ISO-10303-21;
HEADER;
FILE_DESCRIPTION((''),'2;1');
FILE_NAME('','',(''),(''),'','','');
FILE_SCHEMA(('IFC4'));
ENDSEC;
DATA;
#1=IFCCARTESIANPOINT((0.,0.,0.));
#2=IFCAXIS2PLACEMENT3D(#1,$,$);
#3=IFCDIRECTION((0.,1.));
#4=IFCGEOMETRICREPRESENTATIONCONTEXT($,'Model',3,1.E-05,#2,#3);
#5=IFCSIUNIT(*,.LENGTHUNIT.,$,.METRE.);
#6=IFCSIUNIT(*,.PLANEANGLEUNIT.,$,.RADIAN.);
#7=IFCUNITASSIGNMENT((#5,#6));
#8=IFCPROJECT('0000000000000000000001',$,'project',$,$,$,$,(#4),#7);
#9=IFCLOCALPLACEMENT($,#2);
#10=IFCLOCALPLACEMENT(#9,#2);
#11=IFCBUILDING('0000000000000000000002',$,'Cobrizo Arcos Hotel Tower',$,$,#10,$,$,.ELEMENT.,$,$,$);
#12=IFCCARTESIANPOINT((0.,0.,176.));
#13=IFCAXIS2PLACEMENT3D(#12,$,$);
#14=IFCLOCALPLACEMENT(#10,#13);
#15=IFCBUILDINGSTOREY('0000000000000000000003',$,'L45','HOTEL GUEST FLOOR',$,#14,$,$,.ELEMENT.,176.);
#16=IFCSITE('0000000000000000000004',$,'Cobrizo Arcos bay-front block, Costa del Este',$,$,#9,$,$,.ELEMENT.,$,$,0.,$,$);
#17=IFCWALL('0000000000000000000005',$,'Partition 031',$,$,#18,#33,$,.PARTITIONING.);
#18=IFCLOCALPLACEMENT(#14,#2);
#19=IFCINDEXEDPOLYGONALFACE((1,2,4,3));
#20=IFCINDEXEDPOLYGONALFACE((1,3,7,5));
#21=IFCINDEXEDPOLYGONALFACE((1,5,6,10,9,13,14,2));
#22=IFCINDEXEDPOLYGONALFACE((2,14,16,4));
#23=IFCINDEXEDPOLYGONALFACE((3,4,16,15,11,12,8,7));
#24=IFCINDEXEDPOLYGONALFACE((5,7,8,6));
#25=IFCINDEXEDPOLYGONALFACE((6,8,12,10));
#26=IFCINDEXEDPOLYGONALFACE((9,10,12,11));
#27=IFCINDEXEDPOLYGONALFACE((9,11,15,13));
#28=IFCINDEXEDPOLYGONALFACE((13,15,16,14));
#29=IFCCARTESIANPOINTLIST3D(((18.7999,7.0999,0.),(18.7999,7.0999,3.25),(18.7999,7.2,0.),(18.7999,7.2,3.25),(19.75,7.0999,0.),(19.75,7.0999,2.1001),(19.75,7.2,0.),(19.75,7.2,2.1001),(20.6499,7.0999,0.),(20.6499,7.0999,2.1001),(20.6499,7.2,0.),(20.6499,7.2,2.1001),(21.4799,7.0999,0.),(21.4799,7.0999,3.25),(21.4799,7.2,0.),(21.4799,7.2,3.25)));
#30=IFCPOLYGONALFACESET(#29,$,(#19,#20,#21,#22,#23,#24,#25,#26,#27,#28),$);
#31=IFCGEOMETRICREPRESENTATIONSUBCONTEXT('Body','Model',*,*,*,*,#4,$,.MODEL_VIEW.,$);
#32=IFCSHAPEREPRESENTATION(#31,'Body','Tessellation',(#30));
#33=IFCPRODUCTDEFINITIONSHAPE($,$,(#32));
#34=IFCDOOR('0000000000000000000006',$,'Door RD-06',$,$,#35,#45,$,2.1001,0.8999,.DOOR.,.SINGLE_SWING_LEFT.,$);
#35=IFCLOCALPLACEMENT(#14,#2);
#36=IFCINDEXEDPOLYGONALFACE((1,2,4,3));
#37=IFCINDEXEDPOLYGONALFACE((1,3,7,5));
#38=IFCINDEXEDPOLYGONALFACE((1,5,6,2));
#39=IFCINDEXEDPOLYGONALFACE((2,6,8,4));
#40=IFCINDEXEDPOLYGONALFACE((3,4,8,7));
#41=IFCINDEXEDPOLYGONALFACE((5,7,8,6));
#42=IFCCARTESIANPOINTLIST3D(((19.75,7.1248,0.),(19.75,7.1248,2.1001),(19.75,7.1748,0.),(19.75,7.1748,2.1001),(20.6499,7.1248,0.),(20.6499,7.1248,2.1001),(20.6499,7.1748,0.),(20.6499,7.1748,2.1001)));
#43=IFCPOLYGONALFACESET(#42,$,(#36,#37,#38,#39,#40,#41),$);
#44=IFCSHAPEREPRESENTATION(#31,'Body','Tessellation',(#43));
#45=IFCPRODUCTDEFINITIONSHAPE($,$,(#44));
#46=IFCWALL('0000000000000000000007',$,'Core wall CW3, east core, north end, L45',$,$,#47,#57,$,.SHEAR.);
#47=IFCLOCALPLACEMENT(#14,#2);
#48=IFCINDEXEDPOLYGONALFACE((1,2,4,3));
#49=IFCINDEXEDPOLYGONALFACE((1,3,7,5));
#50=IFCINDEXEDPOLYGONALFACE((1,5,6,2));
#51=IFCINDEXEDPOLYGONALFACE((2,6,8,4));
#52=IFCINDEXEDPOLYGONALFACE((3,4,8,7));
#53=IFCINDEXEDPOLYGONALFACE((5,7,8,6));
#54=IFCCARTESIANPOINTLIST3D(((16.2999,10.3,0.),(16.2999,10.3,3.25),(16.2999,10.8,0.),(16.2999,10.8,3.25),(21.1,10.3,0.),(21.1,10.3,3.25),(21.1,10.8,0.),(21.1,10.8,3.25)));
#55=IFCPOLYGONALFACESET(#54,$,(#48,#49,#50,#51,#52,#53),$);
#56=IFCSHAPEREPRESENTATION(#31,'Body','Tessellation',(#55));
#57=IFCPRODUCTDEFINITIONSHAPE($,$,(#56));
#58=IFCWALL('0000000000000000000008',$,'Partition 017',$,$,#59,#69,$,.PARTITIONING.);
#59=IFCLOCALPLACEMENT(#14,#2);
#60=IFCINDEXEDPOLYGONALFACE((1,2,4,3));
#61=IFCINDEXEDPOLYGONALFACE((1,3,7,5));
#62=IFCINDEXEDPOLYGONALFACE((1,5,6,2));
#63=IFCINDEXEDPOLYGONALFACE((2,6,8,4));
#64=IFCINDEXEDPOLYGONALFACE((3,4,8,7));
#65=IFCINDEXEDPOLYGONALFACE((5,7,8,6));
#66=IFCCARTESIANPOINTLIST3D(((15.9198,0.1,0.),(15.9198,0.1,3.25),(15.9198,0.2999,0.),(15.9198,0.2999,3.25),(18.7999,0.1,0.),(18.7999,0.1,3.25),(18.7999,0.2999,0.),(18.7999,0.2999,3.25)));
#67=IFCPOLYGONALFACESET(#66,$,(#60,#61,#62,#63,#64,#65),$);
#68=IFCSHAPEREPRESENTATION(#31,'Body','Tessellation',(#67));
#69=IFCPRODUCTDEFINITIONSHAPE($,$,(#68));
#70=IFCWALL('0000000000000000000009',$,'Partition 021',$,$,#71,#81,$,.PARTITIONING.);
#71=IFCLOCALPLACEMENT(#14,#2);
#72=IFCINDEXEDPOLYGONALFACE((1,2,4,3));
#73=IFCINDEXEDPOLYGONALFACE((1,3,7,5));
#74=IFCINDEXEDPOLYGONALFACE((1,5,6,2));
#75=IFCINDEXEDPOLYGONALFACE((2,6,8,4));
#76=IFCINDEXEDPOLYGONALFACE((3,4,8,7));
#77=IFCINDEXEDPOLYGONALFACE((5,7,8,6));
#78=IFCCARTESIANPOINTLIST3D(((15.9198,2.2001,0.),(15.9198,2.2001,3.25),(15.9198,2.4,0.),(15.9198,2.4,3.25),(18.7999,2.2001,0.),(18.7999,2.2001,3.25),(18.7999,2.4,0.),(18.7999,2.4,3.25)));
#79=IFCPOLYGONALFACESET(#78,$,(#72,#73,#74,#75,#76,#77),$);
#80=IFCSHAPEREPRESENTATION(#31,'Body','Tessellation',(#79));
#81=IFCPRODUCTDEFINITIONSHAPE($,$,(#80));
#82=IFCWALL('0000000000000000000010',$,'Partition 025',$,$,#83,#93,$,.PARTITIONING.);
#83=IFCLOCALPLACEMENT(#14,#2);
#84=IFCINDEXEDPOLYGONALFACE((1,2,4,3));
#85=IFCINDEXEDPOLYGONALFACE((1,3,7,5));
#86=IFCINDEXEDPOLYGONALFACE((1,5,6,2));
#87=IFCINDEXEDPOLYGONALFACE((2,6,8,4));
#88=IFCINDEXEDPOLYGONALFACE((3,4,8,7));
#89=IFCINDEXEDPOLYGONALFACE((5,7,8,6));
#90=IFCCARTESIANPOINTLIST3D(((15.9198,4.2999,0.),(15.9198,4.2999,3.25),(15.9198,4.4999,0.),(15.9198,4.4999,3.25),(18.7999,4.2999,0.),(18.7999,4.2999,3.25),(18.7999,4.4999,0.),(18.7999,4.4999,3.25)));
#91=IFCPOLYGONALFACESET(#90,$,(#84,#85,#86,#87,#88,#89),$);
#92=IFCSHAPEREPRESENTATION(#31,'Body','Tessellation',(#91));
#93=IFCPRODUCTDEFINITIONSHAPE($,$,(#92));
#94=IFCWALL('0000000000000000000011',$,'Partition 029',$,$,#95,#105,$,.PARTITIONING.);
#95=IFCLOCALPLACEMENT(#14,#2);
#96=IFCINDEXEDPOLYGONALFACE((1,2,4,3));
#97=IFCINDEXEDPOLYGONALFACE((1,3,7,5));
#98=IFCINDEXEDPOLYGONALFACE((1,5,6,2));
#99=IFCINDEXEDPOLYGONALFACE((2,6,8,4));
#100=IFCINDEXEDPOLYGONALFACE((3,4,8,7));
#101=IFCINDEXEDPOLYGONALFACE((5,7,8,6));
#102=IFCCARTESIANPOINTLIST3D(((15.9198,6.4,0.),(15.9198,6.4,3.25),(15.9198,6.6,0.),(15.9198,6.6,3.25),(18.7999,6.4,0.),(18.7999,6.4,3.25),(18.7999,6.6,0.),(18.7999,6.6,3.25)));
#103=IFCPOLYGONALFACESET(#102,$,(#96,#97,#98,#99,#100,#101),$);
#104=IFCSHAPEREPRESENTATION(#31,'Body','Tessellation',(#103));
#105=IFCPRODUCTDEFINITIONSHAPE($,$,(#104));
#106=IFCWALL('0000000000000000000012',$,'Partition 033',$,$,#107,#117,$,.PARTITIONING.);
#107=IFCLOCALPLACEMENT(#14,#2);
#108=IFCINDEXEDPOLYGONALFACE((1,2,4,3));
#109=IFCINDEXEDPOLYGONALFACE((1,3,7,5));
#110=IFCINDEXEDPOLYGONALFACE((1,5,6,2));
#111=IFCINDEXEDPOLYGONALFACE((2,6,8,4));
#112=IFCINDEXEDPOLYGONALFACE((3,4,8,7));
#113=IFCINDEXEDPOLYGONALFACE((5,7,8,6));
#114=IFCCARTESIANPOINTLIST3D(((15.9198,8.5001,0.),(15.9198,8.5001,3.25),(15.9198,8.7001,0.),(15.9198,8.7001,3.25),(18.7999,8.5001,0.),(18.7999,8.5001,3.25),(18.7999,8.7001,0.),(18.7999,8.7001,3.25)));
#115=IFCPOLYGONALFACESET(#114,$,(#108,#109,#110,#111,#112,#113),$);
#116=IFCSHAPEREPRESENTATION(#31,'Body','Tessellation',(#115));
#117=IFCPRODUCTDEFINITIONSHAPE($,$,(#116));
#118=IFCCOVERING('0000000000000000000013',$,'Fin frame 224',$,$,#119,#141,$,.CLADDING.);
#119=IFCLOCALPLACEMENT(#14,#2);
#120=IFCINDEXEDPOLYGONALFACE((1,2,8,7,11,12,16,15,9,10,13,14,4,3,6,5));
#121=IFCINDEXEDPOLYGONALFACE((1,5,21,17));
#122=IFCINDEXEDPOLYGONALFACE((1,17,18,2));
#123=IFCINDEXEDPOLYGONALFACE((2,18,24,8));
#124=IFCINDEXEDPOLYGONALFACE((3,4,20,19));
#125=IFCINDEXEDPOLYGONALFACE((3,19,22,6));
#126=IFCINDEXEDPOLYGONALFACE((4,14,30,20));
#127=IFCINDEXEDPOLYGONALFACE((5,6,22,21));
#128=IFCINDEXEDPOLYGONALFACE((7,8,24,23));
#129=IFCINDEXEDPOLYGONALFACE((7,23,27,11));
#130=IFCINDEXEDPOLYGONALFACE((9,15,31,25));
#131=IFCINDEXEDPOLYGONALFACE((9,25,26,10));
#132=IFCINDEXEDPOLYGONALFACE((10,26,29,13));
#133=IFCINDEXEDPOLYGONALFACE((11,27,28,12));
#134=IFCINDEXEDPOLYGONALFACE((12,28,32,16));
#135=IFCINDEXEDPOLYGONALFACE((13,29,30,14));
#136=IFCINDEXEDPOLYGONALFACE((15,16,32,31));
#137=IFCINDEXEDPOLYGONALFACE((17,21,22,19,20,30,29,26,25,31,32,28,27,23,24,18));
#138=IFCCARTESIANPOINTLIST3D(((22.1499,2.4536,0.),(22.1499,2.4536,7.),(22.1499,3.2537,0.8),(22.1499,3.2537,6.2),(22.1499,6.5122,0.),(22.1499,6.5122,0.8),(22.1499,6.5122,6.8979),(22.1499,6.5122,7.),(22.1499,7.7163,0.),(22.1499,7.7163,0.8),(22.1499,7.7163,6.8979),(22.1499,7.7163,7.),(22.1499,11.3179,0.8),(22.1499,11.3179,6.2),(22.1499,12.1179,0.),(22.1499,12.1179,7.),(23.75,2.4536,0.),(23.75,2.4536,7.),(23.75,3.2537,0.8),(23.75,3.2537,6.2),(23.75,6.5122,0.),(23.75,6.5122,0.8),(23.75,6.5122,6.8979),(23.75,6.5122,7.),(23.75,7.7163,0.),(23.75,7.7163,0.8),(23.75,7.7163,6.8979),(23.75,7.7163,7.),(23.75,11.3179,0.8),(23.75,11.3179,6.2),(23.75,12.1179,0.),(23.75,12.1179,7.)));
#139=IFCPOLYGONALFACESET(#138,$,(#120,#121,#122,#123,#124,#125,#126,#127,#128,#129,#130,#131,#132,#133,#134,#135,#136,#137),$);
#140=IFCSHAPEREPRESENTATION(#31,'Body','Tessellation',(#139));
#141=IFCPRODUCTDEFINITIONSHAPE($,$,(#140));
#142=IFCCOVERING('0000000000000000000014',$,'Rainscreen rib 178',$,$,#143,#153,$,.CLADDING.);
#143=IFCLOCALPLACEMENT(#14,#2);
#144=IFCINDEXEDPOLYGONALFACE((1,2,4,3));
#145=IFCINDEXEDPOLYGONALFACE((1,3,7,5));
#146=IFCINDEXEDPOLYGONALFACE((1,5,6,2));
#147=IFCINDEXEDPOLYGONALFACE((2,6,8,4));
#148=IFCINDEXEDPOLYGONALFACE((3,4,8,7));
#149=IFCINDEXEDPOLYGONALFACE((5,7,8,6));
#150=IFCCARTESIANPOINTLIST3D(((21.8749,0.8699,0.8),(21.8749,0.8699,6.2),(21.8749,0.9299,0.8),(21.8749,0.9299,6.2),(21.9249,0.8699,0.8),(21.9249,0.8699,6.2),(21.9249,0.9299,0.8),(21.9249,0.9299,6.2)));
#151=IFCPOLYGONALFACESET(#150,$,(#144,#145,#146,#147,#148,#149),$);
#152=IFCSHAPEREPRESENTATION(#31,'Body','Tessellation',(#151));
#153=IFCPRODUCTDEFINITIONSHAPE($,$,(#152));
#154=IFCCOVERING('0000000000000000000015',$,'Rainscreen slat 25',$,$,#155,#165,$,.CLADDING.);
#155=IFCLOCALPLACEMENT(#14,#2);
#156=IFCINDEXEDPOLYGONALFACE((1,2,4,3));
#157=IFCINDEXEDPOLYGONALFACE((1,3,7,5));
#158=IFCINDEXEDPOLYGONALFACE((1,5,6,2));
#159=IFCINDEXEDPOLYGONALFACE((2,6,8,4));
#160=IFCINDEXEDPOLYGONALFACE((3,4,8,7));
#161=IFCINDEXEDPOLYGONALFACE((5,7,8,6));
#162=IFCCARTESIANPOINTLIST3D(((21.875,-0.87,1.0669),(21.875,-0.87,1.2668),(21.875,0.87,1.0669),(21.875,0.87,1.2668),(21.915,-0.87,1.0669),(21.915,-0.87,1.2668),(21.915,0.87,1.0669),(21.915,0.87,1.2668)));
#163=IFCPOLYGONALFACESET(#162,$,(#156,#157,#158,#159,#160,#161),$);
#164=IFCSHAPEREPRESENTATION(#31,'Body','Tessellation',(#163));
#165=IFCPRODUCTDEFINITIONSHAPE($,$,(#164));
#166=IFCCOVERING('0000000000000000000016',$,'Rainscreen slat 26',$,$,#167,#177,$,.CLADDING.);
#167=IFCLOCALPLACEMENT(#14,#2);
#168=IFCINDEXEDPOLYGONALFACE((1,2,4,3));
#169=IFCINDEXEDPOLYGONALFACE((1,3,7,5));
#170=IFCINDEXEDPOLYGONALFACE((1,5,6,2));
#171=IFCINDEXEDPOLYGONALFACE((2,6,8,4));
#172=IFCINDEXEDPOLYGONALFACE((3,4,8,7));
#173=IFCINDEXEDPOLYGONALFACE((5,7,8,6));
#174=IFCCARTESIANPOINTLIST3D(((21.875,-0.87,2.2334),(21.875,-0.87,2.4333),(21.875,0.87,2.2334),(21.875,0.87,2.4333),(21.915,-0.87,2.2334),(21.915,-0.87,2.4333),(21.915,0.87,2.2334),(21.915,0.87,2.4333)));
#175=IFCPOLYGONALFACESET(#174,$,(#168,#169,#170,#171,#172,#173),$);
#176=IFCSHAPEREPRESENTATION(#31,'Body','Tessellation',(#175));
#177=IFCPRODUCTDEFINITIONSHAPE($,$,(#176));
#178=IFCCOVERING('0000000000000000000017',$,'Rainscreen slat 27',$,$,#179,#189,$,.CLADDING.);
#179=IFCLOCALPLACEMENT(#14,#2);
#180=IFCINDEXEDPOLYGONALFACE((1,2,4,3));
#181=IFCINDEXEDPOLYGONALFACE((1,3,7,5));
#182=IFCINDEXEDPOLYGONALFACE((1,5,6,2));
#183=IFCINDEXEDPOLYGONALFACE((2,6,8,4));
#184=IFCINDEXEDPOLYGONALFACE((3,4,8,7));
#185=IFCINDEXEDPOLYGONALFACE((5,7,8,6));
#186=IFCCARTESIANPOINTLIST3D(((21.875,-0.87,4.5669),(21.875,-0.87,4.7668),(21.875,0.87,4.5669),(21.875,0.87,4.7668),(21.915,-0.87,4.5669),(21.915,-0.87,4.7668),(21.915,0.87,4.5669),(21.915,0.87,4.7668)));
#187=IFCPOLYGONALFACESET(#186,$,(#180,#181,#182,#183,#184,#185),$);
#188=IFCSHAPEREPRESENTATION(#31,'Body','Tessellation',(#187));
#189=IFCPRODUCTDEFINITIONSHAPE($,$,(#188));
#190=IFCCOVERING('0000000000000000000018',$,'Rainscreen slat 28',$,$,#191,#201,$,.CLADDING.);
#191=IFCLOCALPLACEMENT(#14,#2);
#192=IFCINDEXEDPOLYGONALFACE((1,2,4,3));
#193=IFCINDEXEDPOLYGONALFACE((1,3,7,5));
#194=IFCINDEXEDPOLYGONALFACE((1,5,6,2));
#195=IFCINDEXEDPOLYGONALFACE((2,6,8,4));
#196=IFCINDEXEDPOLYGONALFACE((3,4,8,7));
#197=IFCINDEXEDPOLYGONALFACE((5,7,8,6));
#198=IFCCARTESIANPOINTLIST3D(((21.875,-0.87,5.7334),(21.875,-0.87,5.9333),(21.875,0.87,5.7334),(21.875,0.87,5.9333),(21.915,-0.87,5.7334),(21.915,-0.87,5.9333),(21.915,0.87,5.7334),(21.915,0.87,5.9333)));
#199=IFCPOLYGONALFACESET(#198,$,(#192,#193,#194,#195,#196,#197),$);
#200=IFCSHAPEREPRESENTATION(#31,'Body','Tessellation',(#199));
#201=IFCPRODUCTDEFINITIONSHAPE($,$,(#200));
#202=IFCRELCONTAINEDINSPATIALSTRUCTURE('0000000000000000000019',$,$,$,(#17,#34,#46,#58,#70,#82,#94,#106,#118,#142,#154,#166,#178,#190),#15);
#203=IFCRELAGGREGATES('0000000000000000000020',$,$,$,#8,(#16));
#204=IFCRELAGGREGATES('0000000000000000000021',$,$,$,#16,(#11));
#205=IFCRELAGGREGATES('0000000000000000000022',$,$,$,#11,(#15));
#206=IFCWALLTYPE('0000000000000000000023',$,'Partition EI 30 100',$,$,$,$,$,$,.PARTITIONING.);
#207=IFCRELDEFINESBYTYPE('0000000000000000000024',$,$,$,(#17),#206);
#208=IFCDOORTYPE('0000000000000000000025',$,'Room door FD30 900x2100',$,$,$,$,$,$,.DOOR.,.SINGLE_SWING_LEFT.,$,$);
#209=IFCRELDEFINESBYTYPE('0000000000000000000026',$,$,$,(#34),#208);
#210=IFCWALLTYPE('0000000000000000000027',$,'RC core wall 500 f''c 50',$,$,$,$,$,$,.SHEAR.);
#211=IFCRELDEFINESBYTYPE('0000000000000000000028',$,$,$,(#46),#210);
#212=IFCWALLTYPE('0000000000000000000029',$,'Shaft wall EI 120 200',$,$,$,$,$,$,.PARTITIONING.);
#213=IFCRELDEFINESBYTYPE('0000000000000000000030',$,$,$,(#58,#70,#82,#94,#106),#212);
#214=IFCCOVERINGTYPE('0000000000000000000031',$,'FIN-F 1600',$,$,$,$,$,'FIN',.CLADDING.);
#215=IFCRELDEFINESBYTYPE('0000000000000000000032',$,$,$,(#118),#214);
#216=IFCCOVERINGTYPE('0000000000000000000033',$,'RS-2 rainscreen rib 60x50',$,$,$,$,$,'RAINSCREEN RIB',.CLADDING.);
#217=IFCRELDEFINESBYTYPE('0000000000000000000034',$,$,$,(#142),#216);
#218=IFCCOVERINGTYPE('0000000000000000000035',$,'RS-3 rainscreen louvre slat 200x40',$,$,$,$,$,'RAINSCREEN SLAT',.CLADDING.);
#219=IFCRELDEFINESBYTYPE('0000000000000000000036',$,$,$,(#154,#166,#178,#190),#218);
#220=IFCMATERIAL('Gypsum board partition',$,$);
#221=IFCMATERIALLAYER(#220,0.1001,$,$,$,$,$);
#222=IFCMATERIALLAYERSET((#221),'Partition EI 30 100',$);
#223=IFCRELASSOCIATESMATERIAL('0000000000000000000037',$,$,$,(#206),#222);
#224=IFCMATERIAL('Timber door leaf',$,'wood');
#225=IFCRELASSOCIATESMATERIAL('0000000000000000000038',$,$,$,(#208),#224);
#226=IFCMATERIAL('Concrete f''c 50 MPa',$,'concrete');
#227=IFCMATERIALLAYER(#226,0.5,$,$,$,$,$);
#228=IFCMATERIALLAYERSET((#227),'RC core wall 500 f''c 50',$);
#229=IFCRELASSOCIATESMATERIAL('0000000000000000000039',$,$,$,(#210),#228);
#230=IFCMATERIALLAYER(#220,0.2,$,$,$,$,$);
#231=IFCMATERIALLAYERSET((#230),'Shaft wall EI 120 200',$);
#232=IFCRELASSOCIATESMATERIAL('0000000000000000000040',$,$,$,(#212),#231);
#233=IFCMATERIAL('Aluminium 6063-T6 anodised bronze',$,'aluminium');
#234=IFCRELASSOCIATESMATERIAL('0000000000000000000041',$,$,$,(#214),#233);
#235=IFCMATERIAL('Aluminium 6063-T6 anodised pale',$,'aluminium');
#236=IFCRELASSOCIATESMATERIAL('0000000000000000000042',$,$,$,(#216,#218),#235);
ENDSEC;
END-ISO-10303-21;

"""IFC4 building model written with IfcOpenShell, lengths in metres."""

from ifc_helpers import new_model, si_unit, direction, frame, frame_2d, origin, origin_2d, place, context, subcontext, project, spatial, polyline, rectangle, outline, extrude, material, layer, layer_set, type_object, element, fill, save


model = new_model("IFC4")

# Units and contexts
model_context = context("Model", 3, precision=1e-05, world=origin(), true_north=direction((0.0, 1.0)))
body_context = subcontext(model_context, "Body", "Model", "MODEL_VIEW")
ifc_project = project(units=[si_unit("LENGTHUNIT", "METRE"), si_unit("PLANEANGLEUNIT", "RADIAN")], contexts=[model_context])

# Site, building, storey
site_placement = place(None, origin())
site = spatial("IfcSite", under=ifc_project, at=site_placement, Name="Cobrizo Arcos bay-front block, Costa del Este", CompositionType="ELEMENT", RefElevation=0.0)
building_placement = place(site_placement, origin())
building = spatial("IfcBuilding", under=site, at=building_placement, Name="Cobrizo Arcos Hotel Tower", CompositionType="ELEMENT")
storey_placement = place(building_placement, frame((0.0, 0.0, 176.0)))
storey = spatial("IfcBuildingStorey", under=building, at=storey_placement, Name="L45", Description="HOTEL GUEST FLOOR", CompositionType="ELEMENT", Elevation=176.0)

# Shared definitions
ifc_material_1 = material(Name="Aluminium 6063-T6 anodised bronze", Category="aluminium")

# Wall, opening, door
ifc_material_2 = material(Name="Gypsum board partition")
ifc_material_3 = material(Name="Timber door leaf", Category="wood")
ifc_layer_1 = layer(ifc_material_2, 0.1001)
ifc_layer_set_1 = layer_set([ifc_layer_1], Name="Partition EI 30 100")
wall_type_1 = type_object("IfcWallType", Name="Partition EI 30 100", PredefinedType="PARTITIONING", material=ifc_layer_set_1)
wall_1_placement = place(storey_placement, frame((18.8, 7.1499, 0.0), z_axis=(0.0, 0.0, 1.0), x_axis=(1.0, 0.0, 0.0)))
wall_1 = element("IfcWall", 1, at=wall_1_placement, inside=storey, type_object=wall_type_1, Name="Partition 031", PredefinedType="PARTITIONING", context=body_context, shape_type="SweptSolid", body=[
    extrude(rectangle(XDim=2.6799, YDim=0.1001, at=frame_2d((1.3398, 0.0))), origin(), (0.0, 0.0, 1.0), 3.25),
])
opening_1_placement = place(wall_1_placement, frame((0.95, 0.0, 0.0)))
opening_1 = element("IfcOpeningElement", 2, at=opening_1_placement, cuts=wall_1, PredefinedType="OPENING", context=body_context, shape_type="SweptSolid", body=[
    extrude(rectangle(XDim=0.8999, YDim=2.1001, at=frame_2d((0.45, 1.05))), frame((0.0, 0.062, 0.0), z_axis=(0.0, -1.0, 0.0), x_axis=(1.0, 0.0, 0.0)), (0.0, 0.0, 1.0), 0.124),
])
door_type_1 = type_object("IfcDoorType", Name="Room door FD30 900x2100", OperationType="SINGLE_SWING_LEFT", PredefinedType="DOOR", material=ifc_material_3)
door_1_placement = place(opening_1_placement, origin())
door_1 = element("IfcDoor", 3, at=door_1_placement, inside=storey, type_object=door_type_1, Name="Door RD-06", OperationType="SINGLE_SWING_LEFT", OverallHeight=2.1001, OverallWidth=0.8999, PredefinedType="DOOR", context=body_context, shape_type="SweptSolid", body=[
    extrude(rectangle(XDim=0.8999, YDim=2.1001, at=frame_2d((0.45, 1.05))), frame((0.0, 0.0249, 0.0), z_axis=(0.0, -1.0, 0.0), x_axis=(1.0, 0.0, 0.0)), (0.0, 0.0, 1.0), 0.05),
])
fill(opening_1, door_1)

# Walls
ifc_material_4 = material(Name="Concrete f'c 50 MPa", Category="concrete")
ifc_layer_2 = layer(ifc_material_4, 0.5)
ifc_layer_set_2 = layer_set([ifc_layer_2], Name="RC core wall 500 f'c 50")
wall_type_2 = type_object("IfcWallType", Name="RC core wall 500 f'c 50", PredefinedType="SHEAR", material=ifc_layer_set_2)
wall_2_placement = place(storey_placement, frame((16.3, 10.55, 0.0), z_axis=(0.0, 0.0, 1.0), x_axis=(1.0, 0.0, 0.0)))
element("IfcWall", 4, at=wall_2_placement, inside=storey, type_object=wall_type_2, Name="Core wall CW3, east core, north end, L45", PredefinedType="SHEAR", context=body_context, shape_type="SweptSolid", body=[
    extrude(rectangle(XDim=4.8, YDim=0.5, at=frame_2d((2.3999, 0.0))), origin(), (0.0, 0.0, 1.0), 3.25),
])
ifc_layer_3 = layer(ifc_material_2, 0.2)
ifc_layer_set_3 = layer_set([ifc_layer_3], Name="Shaft wall EI 120 200")
wall_type_3 = type_object("IfcWallType", Name="Shaft wall EI 120 200", PredefinedType="PARTITIONING", material=ifc_layer_set_3)
for number, where, z_axis, x_axis, name in (
    (5, (15.9199, 0.2, 0.0), (0.0, 0.0, 1.0), (1.0, 0.0, 0.0), "Partition 017"),
    (6, (15.9199, 2.3, 0.0), (0.0, 0.0, 1.0), (1.0, 0.0, 0.0), "Partition 021"),
    (7, (15.9199, 4.3999, 0.0), (0.0, 0.0, 1.0), (1.0, 0.0, 0.0), "Partition 025"),
    (8, (15.9199, 6.5, 0.0), (0.0, 0.0, 1.0), (1.0, 0.0, 0.0), "Partition 029"),
    (9, (15.9199, 8.6001, 0.0), (0.0, 0.0, 1.0), (1.0, 0.0, 0.0), "Partition 033"),
):
    element("IfcWall", number, at=place(storey_placement, frame(where, z_axis=z_axis, x_axis=x_axis)), inside=storey, type_object=wall_type_3, Name=name, PredefinedType="PARTITIONING", context=body_context, shape_type="SweptSolid", body=[
        extrude(rectangle(XDim=2.8801, YDim=0.2, at=frame_2d((1.4399, 0.0))), origin(), (0.0, 0.0, 1.0), 3.25),
    ])

# Coverings
covering_type_1 = type_object("IfcCoveringType", Name="FIN-F 1600", ElementType="FIN", PredefinedType="CLADDING", material=ifc_material_1)
covering_1_placement = place(storey_placement, frame((22.1499, 2.4536, 0.0), z_axis=(1.0, 0.0, 0.0), x_axis=(0.0, 1.0, 0.0)))
element("IfcCovering", 10, at=covering_1_placement, inside=storey, type_object=covering_type_1, Name="Fin frame 224", PredefinedType="CLADDING", context=body_context, shape_type="SweptSolid", body=[
    extrude(outline(polyline([(0.0, 0.0), (4.0586, 0.0), (4.0586, 0.8), (0.8, 0.8), (0.8, 6.2), (8.8643, 6.2), (8.8643, 0.8), (5.2627, 0.8), (5.2627, 0.0), (9.6643, 0.0), (9.6643, 7.0), (5.2627, 7.0), (5.2627, 6.8979), (4.0586, 6.8979), (4.0586, 7.0), (0.0, 7.0), (0.0, 0.0)])), origin(), (0.0, 0.0, 1.0), 1.6001),
])
ifc_material_5 = material(Name="Aluminium 6063-T6 anodised pale", Category="aluminium")
covering_type_2 = type_object("IfcCoveringType", Name="RS-2 rainscreen rib 60x50", ElementType="RAINSCREEN RIB", PredefinedType="CLADDING", material=ifc_material_5)
covering_2_placement = place(storey_placement, frame((21.8999, 0.8999, 0.8), z_axis=(0.0, 0.0, 1.0), x_axis=(0.0, 1.0, 0.0)))
element("IfcCovering", 11, at=covering_2_placement, inside=storey, type_object=covering_type_2, Name="Rainscreen rib 178", PredefinedType="CLADDING", context=body_context, shape_type="SweptSolid", body=[
    extrude(rectangle(XDim=0.0601, YDim=0.05, at=origin_2d()), origin(), (0.0, 0.0, 1.0), 5.3999),
])
covering_type_3 = type_object("IfcCoveringType", Name="RS-3 rainscreen louvre slat 200x40", ElementType="RAINSCREEN SLAT", PredefinedType="CLADDING", material=ifc_material_5)
for number, where, z_axis, x_axis, name in (
    (12, (21.895, 0.0, 1.0669), (0.0, 0.0, 1.0), (0.0, 1.0, 0.0), "Rainscreen slat 25"),
    (13, (21.895, 0.0, 2.2334), (0.0, 0.0, 1.0), (0.0, 1.0, 0.0), "Rainscreen slat 26"),
    (14, (21.895, 0.0, 4.5669), (0.0, 0.0, 1.0), (0.0, 1.0, 0.0), "Rainscreen slat 27"),
    (15, (21.895, 0.0, 5.7334), (0.0, 0.0, 1.0), (0.0, 1.0, 0.0), "Rainscreen slat 28"),
):
    element("IfcCovering", number, at=place(storey_placement, frame(where, z_axis=z_axis, x_axis=x_axis)), inside=storey, type_object=covering_type_3, Name=name, PredefinedType="CLADDING", context=body_context, shape_type="SweptSolid", body=[
        extrude(rectangle(XDim=1.74, YDim=0.04, at=origin_2d()), origin(), (0.0, 0.0, 1.0), 0.2),
    ])

save(model, "model.ifc")
